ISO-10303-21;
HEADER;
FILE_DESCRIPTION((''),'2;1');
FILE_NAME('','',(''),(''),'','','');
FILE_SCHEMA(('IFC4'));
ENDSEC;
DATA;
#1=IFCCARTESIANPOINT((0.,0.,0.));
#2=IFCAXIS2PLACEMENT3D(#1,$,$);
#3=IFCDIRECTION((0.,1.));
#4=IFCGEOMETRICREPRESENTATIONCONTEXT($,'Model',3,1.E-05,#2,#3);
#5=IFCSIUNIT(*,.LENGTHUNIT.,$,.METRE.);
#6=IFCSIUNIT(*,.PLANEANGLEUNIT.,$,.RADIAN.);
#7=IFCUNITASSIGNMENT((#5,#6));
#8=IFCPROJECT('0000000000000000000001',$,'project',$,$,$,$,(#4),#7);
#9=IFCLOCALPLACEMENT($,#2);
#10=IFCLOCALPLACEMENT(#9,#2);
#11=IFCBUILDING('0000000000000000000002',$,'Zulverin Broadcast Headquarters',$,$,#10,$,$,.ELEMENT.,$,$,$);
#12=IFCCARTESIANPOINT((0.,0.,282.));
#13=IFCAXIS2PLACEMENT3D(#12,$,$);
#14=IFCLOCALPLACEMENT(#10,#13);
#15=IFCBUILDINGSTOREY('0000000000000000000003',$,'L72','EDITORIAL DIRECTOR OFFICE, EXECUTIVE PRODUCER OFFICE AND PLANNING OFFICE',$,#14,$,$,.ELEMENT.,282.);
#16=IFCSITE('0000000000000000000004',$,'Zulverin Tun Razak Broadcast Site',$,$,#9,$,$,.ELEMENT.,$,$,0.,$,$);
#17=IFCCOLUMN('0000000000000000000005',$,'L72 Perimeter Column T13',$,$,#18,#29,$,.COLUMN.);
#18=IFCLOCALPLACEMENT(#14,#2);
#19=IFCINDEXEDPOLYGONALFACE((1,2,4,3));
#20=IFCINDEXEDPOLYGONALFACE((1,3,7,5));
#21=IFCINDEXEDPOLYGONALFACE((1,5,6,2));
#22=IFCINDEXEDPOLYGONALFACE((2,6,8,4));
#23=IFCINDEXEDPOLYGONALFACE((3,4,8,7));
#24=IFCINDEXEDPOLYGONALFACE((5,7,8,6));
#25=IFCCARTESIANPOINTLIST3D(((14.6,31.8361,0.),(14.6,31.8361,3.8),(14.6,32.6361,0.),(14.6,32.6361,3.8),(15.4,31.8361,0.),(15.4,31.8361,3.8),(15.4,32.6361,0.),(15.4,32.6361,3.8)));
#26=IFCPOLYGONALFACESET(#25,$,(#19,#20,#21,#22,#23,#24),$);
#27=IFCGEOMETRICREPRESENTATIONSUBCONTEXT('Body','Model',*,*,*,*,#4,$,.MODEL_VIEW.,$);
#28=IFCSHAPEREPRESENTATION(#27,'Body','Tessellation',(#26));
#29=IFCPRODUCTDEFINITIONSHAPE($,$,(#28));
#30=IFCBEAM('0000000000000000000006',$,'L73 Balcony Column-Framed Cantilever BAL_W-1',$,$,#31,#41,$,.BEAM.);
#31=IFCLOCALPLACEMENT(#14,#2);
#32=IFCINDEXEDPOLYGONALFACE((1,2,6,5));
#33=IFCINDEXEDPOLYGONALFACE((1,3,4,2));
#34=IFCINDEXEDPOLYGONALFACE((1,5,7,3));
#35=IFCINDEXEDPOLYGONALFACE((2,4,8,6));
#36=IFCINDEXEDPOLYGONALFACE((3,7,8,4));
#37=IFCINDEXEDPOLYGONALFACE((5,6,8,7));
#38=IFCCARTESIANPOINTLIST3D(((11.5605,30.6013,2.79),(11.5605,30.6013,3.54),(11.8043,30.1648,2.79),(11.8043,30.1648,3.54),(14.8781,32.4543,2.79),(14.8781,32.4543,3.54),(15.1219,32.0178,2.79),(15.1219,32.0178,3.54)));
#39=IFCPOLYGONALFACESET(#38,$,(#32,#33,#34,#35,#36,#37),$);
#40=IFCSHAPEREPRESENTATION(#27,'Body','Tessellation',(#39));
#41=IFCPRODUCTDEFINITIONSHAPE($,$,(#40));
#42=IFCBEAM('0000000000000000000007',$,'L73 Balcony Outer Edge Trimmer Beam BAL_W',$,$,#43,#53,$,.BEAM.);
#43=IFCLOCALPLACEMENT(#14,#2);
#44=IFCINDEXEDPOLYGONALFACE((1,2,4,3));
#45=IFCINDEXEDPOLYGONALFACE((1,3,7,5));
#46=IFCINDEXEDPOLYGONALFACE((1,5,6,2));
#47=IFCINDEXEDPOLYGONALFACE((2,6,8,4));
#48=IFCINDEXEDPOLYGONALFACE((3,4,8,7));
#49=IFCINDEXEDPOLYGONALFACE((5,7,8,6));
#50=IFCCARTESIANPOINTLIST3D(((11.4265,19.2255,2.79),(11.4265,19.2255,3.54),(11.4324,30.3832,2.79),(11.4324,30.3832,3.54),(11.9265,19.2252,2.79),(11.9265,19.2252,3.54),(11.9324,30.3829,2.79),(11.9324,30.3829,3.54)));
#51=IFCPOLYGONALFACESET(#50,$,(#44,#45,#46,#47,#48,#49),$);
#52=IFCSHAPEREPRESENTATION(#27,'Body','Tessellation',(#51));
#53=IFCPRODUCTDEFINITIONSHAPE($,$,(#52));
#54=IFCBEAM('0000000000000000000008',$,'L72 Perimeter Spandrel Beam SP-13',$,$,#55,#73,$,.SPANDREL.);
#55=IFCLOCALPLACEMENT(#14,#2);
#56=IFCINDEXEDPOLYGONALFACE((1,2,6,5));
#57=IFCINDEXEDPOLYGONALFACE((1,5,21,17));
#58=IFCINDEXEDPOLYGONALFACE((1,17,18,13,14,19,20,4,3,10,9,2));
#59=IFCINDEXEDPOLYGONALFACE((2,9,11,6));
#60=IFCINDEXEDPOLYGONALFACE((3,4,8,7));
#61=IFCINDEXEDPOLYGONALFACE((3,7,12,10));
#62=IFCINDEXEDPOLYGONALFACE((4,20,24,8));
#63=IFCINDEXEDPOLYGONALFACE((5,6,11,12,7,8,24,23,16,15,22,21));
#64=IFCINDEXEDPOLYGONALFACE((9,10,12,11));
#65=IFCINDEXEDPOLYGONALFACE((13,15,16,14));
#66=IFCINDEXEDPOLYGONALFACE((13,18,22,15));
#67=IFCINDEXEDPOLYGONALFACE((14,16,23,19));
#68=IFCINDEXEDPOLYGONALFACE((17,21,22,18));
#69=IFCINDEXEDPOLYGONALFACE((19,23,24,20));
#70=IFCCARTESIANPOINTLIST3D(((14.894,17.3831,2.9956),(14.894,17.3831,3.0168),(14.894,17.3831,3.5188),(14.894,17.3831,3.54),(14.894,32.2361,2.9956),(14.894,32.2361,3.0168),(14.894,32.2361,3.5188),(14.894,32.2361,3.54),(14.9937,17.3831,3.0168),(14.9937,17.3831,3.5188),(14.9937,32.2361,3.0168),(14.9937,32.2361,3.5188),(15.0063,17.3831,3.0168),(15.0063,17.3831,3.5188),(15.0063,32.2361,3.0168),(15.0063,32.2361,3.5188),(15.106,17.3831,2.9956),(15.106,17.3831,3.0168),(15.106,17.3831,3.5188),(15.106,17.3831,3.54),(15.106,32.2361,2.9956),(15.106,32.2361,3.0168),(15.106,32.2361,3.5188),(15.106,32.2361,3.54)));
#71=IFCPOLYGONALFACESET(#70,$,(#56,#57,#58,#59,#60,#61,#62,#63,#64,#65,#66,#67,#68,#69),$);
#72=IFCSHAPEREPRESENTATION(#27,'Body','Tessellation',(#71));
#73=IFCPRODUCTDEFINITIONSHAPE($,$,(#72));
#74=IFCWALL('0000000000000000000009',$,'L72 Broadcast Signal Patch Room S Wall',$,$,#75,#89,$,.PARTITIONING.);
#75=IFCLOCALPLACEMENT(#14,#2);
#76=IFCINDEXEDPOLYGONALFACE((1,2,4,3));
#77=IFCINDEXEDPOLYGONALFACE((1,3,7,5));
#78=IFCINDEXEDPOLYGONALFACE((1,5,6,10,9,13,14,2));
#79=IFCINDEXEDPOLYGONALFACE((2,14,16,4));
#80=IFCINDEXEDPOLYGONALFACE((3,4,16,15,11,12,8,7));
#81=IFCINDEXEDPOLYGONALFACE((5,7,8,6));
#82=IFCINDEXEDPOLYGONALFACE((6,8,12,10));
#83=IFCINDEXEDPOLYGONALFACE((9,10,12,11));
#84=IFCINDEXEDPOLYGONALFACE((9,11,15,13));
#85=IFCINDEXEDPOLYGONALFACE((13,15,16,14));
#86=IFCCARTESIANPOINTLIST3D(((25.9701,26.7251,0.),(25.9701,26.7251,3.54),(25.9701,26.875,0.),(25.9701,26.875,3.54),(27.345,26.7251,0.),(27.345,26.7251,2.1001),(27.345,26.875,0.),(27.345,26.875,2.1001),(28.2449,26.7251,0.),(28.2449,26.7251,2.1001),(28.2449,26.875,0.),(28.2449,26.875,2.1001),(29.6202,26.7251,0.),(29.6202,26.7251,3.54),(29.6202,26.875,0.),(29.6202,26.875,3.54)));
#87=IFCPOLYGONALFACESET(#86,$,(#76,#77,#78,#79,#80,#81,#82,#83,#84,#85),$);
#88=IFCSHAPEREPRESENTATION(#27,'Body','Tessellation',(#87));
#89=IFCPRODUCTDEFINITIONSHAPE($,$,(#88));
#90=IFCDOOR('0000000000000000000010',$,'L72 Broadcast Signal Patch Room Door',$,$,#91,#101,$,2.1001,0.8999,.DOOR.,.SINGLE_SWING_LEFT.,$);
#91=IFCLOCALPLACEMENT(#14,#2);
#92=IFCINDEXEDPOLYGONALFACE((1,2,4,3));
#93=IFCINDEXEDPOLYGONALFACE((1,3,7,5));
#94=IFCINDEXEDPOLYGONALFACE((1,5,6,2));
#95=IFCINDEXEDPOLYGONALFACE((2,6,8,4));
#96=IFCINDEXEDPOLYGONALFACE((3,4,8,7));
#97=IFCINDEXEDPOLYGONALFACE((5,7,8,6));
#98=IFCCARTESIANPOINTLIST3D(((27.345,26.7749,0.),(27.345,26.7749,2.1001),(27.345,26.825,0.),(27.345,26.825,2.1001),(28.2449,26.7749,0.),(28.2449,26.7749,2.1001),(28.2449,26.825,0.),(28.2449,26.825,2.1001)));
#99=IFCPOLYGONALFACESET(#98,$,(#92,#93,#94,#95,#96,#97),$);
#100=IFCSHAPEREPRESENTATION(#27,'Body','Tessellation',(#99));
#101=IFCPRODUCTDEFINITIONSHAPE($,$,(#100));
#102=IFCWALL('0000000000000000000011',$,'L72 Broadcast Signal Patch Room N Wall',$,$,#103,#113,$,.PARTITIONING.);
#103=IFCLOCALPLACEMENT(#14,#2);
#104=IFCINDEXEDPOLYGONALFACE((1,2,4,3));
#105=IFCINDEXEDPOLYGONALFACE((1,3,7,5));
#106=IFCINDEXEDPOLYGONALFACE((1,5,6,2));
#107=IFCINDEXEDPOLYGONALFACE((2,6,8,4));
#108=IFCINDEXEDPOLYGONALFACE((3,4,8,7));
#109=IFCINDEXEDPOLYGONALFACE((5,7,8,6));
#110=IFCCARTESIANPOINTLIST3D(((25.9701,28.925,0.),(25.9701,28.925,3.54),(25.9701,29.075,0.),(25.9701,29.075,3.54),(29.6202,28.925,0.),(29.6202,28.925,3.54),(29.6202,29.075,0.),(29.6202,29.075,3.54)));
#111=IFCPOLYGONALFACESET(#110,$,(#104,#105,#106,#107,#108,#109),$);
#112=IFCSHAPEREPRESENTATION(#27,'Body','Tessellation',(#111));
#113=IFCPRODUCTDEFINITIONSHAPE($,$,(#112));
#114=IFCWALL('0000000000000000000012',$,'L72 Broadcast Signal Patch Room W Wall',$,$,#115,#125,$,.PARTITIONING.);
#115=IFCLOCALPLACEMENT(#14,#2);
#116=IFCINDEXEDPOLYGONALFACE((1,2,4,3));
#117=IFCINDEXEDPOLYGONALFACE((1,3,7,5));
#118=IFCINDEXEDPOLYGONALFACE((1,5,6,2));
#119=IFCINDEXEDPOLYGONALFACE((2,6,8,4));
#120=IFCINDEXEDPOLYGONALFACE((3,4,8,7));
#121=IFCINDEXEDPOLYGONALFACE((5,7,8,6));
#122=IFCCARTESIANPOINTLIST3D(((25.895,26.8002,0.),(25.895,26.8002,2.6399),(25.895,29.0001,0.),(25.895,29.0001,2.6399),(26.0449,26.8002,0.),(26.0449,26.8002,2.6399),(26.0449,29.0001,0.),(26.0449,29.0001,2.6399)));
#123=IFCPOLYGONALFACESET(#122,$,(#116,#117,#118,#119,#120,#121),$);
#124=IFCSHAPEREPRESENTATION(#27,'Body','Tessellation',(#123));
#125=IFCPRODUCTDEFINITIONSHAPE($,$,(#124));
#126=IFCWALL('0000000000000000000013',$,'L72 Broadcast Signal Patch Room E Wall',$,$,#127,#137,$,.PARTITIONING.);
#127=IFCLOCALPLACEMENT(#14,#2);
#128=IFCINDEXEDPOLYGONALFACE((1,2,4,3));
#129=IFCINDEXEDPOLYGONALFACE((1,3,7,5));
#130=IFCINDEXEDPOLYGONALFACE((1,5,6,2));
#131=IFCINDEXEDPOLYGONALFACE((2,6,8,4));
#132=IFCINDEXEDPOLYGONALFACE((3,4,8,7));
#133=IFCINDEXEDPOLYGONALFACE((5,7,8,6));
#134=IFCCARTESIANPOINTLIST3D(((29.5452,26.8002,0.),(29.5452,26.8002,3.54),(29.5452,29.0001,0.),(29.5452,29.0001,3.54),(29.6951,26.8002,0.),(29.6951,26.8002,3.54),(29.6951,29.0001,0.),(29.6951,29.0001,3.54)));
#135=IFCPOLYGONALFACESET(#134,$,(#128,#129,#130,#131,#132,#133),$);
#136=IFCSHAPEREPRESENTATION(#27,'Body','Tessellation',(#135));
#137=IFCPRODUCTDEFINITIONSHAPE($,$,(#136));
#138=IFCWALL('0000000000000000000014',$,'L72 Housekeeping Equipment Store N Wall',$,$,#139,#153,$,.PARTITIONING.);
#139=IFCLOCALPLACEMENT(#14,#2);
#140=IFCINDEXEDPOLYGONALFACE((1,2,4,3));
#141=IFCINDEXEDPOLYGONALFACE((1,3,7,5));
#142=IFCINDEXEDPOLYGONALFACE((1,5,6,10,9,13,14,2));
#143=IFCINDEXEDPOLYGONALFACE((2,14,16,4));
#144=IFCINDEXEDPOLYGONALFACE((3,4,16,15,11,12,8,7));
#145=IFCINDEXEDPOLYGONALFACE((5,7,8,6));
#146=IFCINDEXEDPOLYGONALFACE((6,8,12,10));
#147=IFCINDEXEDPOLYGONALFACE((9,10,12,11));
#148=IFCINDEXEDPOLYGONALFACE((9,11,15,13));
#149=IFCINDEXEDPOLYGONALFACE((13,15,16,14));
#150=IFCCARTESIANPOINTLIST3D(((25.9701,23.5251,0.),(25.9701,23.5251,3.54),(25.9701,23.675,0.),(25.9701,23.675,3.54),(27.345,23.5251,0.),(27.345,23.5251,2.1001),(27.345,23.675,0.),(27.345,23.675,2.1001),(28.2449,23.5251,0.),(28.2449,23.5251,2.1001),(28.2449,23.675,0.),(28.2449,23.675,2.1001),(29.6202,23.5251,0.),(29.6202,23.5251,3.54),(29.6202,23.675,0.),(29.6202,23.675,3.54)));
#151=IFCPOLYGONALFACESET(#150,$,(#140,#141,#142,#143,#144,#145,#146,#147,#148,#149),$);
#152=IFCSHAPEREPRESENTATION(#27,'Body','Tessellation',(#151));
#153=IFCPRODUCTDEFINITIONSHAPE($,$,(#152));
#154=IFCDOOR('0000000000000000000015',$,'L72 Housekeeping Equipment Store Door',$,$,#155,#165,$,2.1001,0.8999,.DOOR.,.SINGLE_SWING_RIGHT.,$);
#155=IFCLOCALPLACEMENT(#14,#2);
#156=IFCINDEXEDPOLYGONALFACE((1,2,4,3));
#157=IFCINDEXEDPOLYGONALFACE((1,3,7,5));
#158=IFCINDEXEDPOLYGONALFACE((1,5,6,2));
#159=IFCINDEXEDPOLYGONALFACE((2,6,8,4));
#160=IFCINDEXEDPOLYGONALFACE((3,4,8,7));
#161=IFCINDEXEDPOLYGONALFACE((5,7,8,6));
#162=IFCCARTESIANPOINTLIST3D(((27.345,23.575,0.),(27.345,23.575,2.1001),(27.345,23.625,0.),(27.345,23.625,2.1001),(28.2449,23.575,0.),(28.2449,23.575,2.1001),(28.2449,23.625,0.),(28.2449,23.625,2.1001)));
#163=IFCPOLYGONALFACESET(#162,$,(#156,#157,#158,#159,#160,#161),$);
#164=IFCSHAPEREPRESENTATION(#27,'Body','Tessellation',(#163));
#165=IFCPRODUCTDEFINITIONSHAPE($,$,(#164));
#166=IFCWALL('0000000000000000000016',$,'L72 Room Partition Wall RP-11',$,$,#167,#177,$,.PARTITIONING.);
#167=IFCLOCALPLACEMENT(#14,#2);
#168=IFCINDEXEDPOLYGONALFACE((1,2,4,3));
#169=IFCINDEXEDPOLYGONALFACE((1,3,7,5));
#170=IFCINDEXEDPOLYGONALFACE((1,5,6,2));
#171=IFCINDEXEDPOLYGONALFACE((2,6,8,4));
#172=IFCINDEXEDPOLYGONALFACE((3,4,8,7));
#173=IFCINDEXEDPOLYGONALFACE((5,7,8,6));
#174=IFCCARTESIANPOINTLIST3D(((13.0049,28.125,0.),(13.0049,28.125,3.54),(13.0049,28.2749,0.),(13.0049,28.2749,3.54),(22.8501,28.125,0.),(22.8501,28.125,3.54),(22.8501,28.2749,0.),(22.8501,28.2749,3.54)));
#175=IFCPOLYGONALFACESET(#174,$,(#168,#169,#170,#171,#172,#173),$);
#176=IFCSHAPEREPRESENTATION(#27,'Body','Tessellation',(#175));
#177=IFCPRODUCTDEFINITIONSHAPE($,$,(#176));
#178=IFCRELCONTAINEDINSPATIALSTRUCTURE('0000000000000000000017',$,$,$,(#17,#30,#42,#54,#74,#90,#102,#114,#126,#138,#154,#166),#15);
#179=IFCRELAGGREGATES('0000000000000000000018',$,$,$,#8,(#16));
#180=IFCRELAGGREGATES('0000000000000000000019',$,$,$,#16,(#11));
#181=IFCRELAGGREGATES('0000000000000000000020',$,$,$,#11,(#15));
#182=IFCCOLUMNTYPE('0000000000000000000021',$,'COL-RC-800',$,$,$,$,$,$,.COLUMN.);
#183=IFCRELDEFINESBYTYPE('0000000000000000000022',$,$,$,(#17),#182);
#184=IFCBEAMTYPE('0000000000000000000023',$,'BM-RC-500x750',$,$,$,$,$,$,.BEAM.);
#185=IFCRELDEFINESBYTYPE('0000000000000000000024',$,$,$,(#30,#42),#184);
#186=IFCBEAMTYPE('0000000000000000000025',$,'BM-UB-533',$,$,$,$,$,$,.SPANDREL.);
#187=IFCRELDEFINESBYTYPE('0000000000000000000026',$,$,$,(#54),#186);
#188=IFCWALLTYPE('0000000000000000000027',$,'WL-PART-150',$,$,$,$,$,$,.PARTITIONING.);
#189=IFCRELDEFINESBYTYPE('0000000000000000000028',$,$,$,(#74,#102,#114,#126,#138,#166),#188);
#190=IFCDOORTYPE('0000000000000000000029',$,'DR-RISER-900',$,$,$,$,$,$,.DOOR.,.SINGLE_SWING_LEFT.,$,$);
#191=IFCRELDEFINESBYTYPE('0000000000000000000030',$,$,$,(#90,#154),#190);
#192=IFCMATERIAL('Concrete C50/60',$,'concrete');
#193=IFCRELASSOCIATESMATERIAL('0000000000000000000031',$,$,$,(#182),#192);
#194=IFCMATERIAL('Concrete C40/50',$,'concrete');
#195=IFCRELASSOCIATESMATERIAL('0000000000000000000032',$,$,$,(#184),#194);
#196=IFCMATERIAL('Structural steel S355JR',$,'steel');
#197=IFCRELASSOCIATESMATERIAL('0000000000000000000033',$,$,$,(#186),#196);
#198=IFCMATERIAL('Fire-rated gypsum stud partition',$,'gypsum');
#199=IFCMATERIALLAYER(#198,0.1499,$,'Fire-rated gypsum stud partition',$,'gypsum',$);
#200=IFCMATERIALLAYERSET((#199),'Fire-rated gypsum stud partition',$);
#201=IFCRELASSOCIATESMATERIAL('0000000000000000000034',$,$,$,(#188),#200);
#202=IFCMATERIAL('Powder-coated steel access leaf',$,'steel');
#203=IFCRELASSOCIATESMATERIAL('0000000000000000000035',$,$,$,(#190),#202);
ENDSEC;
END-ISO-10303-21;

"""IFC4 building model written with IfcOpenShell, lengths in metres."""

from ifc_helpers import new_model, si_unit, direction, frame, frame_2d, origin, origin_2d, place, context, subcontext, project, spatial, rectangle, i_section, extrude, material, layer, layer_set, material_profile, profile_set, type_object, element, fill, save


model = new_model("IFC4")

# Units and contexts
model_context = context("Model", 3, precision=1e-05, world=origin(), true_north=direction((0.0, 1.0)))
body_context = subcontext(model_context, "Body", "Model", "MODEL_VIEW")
ifc_project = project(units=[si_unit("LENGTHUNIT", "METRE"), si_unit("PLANEANGLEUNIT", "RADIAN")], contexts=[model_context])

# Site, building, storey
site_placement = place(None, origin())
site = spatial("IfcSite", under=ifc_project, at=site_placement, Name="Zulverin Tun Razak Broadcast Site", CompositionType="ELEMENT", RefElevation=0.0)
building_placement = place(site_placement, origin())
building = spatial("IfcBuilding", under=site, at=building_placement, Name="Zulverin Broadcast Headquarters", CompositionType="ELEMENT")
storey_placement = place(building_placement, frame((0.0, 0.0, 282.0)))
storey = spatial("IfcBuildingStorey", under=building, at=storey_placement, Name="L72", Description="EDITORIAL DIRECTOR OFFICE, EXECUTIVE PRODUCER OFFICE AND PLANNING OFFICE", CompositionType="ELEMENT", Elevation=282.0)

# Column
ifc_material_1 = material(Name="Concrete C50/60", Category="concrete")
ifc_material_profile_1 = material_profile(ifc_material_1, rectangle(XDim=0.8, YDim=0.8, at=origin_2d()), Name="Concrete C50/60", Category="concrete")
ifc_profile_set_1 = profile_set([ifc_material_profile_1], Name="Concrete C50/60")
column_type = type_object("IfcColumnType", Name="COL-RC-800", PredefinedType="COLUMN", material=ifc_profile_set_1)
column_placement = place(storey_placement, frame((15.0, 32.2361, 0.0), z_axis=(0.0, 0.0, 1.0), x_axis=(1.0, 0.0, 0.0)))
element("IfcColumn", 1, at=column_placement, inside=storey, type_object=column_type, Name="L72 Perimeter Column T13", PredefinedType="COLUMN", context=body_context, shape_type="SweptSolid", body=[
    extrude(rectangle(XDim=0.8, YDim=0.8, at=origin_2d()), origin(), (0.0, 0.0, 1.0), 3.8),
])

# Beams
ifc_material_2 = material(Name="Concrete C40/50", Category="concrete")
ifc_material_profile_2 = material_profile(ifc_material_2, rectangle(XDim=0.5, YDim=0.75, at=origin_2d()), Name="Concrete C40/50", Category="concrete")
ifc_profile_set_2 = profile_set([ifc_material_profile_2], Name="Concrete C40/50")
beam_type_1 = type_object("IfcBeamType", Name="BM-RC-500x750", PredefinedType="BEAM", material=ifc_profile_set_2)
beam_1_placement = place(storey_placement, frame((15.0, 32.2361, 3.165), z_axis=(-0.873049, -0.487633, 0.0), x_axis=(0.487633, -0.873049, 0.0)))
element("IfcBeam", 2, at=beam_1_placement, inside=storey, type_object=beam_type_1, Name="L73 Balcony Column-Framed Cantilever BAL_W-1", PredefinedType="BEAM", context=body_context, shape_type="SweptSolid", body=[
    extrude(rectangle(XDim=0.5, YDim=0.75, at=origin_2d()), origin(), (0.0, 0.0, 1.0), 3.8),
])
beam_2_placement = place(storey_placement, frame((11.6824, 30.3831, 3.165), z_axis=(-0.000525, -1.0, 0.0), x_axis=(1.0, -0.000525, 0.0)))
element("IfcBeam", 3, at=beam_2_placement, inside=storey, type_object=beam_type_1, Name="L73 Balcony Outer Edge Trimmer Beam BAL_W", PredefinedType="BEAM", context=body_context, shape_type="SweptSolid", body=[
    extrude(rectangle(XDim=0.5, YDim=0.75, at=origin_2d()), origin(), (0.0, 0.0, 1.0), 11.1577),
])
ifc_material_3 = material(Name="Structural steel S355JR", Category="steel")
ifc_material_profile_3 = material_profile(ifc_material_3, i_section(OverallWidth=0.2119, OverallDepth=0.5444, WebThickness=0.0127, FlangeThickness=0.0212, at=origin_2d()), Name="Structural steel S355JR", Category="steel")
ifc_profile_set_3 = profile_set([ifc_material_profile_3], Name="Structural steel S355JR")
beam_type_2 = type_object("IfcBeamType", Name="BM-UB-533", PredefinedType="SPANDREL", material=ifc_profile_set_3)
beam_3_placement = place(storey_placement, frame((15.0, 32.2361, 3.2678), z_axis=(0.0, -1.0, 0.0), x_axis=(1.0, 0.0, 0.0)))
element("IfcBeam", 4, at=beam_3_placement, inside=storey, type_object=beam_type_2, Name="L72 Perimeter Spandrel Beam SP-13", PredefinedType="SPANDREL", context=body_context, shape_type="SweptSolid", body=[
    extrude(i_section(OverallWidth=0.2119, OverallDepth=0.5444, WebThickness=0.0127, FlangeThickness=0.0212, at=origin_2d()), origin(), (0.0, 0.0, 1.0), 14.853),
])

# Wall, opening, door
ifc_material_4 = material(Name="Fire-rated gypsum stud partition", Category="gypsum")
ifc_layer_1 = layer(ifc_material_4, 0.1499, Name="Fire-rated gypsum stud partition", Category="gypsum")
ifc_layer_set_1 = layer_set([ifc_layer_1], Name="Fire-rated gypsum stud partition")
wall_type_1 = type_object("IfcWallType", Name="WL-PART-150", PredefinedType="PARTITIONING", material=ifc_layer_set_1)
wall_1_placement = place(storey_placement, frame((25.97, 26.8, 0.0), z_axis=(0.0, 0.0, 1.0), x_axis=(1.0, 0.0, 0.0)))
wall_1 = element("IfcWall", 5, at=wall_1_placement, inside=storey, type_object=wall_type_1, Name="L72 Broadcast Signal Patch Room S Wall", PredefinedType="PARTITIONING", context=body_context, shape_type="SweptSolid", body=[
    extrude(rectangle(XDim=3.6501, YDim=0.1499, at=frame_2d((1.8252, 0.0))), origin(), (0.0, 0.0, 1.0), 3.54),
])
opening_1_placement = place(wall_1_placement, frame((1.375, 0.0, 0.0)))
opening_1 = element("IfcOpeningElement", 6, at=opening_1_placement, cuts=wall_1, PredefinedType="OPENING", context=body_context, shape_type="SweptSolid", body=[
    extrude(rectangle(XDim=0.8999, YDim=2.1001, at=frame_2d((0.45, 1.05))), frame((0.0, 0.085, 0.0), z_axis=(0.0, -1.0, 0.0), x_axis=(1.0, 0.0, 0.0)), (0.0, 0.0, 1.0), 0.1699),
])
ifc_material_5 = material(Name="Powder-coated steel access leaf", Category="steel")
door_type_1 = type_object("IfcDoorType", Name="DR-RISER-900", OperationType="SINGLE_SWING_LEFT", PredefinedType="DOOR", material=ifc_material_5)
door_1_placement = place(opening_1_placement, origin())
door_1 = element("IfcDoor", 7, at=door_1_placement, inside=storey, type_object=door_type_1, Name="L72 Broadcast Signal Patch Room Door", OperationType="SINGLE_SWING_LEFT", OverallHeight=2.1001, OverallWidth=0.8999, PredefinedType="DOOR", context=body_context, shape_type="SweptSolid", body=[
    extrude(rectangle(XDim=0.8999, YDim=2.1001, at=frame_2d((0.45, 1.05))), frame((0.0, 0.0249, 0.0), z_axis=(0.0, -1.0, 0.0), x_axis=(1.0, 0.0, 0.0)), (0.0, 0.0, 1.0), 0.05),
])
fill(opening_1, door_1)

# Walls
wall_2_placement = place(storey_placement, frame((25.97, 29.0, 0.0), z_axis=(0.0, 0.0, 1.0), x_axis=(1.0, 0.0, 0.0)))
element("IfcWall", 8, at=wall_2_placement, inside=storey, type_object=wall_type_1, Name="L72 Broadcast Signal Patch Room N Wall", PredefinedType="PARTITIONING", context=body_context, shape_type="SweptSolid", body=[
    extrude(rectangle(XDim=3.6501, YDim=0.1499, at=frame_2d((1.8252, 0.0))), origin(), (0.0, 0.0, 1.0), 3.54),
])
wall_3_placement = place(storey_placement, frame((25.97, 26.8, 0.0), z_axis=(0.0, 0.0, 1.0), x_axis=(0.0, 1.0, 0.0)))
element("IfcWall", 9, at=wall_3_placement, inside=storey, type_object=wall_type_1, Name="L72 Broadcast Signal Patch Room W Wall", PredefinedType="PARTITIONING", context=body_context, shape_type="SweptSolid", body=[
    extrude(rectangle(XDim=2.2, YDim=0.1499, at=frame_2d((1.1001, 0.0))), origin(), (0.0, 0.0, 1.0), 2.6399),
])
wall_4_placement = place(storey_placement, frame((29.6201, 26.8, 0.0), z_axis=(0.0, 0.0, 1.0), x_axis=(0.0, 1.0, 0.0)))
element("IfcWall", 10, at=wall_4_placement, inside=storey, type_object=wall_type_1, Name="L72 Broadcast Signal Patch Room E Wall", PredefinedType="PARTITIONING", context=body_context, shape_type="SweptSolid", body=[
    extrude(rectangle(XDim=2.2, YDim=0.1499, at=frame_2d((1.1001, 0.0))), origin(), (0.0, 0.0, 1.0), 3.54),
])

# Wall, opening, door
wall_5_placement = place(storey_placement, frame((25.97, 23.6001, 0.0), z_axis=(0.0, 0.0, 1.0), x_axis=(1.0, 0.0, 0.0)))
wall_5 = element("IfcWall", 11, at=wall_5_placement, inside=storey, type_object=wall_type_1, Name="L72 Housekeeping Equipment Store N Wall", PredefinedType="PARTITIONING", context=body_context, shape_type="SweptSolid", body=[
    extrude(rectangle(XDim=3.6501, YDim=0.1499, at=frame_2d((1.8252, 0.0))), origin(), (0.0, 0.0, 1.0), 3.54),
])
opening_2_placement = place(wall_5_placement, frame((1.375, 0.0, 0.0)))
opening_2 = element("IfcOpeningElement", 12, at=opening_2_placement, cuts=wall_5, PredefinedType="OPENING", context=body_context, shape_type="SweptSolid", body=[
    extrude(rectangle(XDim=0.8999, YDim=2.1001, at=frame_2d((0.45, 1.05))), frame((0.0, 0.085, 0.0), z_axis=(0.0, -1.0, 0.0), x_axis=(1.0, 0.0, 0.0)), (0.0, 0.0, 1.0), 0.1699),
])
door_2_placement = place(opening_2_placement, origin())
door_2 = element("IfcDoor", 13, at=door_2_placement, inside=storey, type_object=door_type_1, Name="L72 Housekeeping Equipment Store Door", OperationType="SINGLE_SWING_RIGHT", OverallHeight=2.1001, OverallWidth=0.8999, PredefinedType="DOOR", context=body_context, shape_type="SweptSolid", body=[
    extrude(rectangle(XDim=0.8999, YDim=2.1001, at=frame_2d((0.45, 1.05))), frame((0.0, 0.0249, 0.0), z_axis=(0.0, -1.0, 0.0), x_axis=(1.0, 0.0, 0.0)), (0.0, 0.0, 1.0), 0.05),
])
fill(opening_2, door_2)

# Wall
wall_6_placement = place(storey_placement, frame((13.0049, 28.2, 0.0), z_axis=(0.0, 0.0, 1.0), x_axis=(1.0, 0.0, 0.0)))
element("IfcWall", 14, at=wall_6_placement, inside=storey, type_object=wall_type_1, Name="L72 Room Partition Wall RP-11", PredefinedType="PARTITIONING", context=body_context, shape_type="SweptSolid", body=[
    extrude(rectangle(XDim=9.8452, YDim=0.1499, at=frame_2d((4.9226, 0.0))), origin(), (0.0, 0.0, 1.0), 3.54),
])

save(model, "model.ifc")
